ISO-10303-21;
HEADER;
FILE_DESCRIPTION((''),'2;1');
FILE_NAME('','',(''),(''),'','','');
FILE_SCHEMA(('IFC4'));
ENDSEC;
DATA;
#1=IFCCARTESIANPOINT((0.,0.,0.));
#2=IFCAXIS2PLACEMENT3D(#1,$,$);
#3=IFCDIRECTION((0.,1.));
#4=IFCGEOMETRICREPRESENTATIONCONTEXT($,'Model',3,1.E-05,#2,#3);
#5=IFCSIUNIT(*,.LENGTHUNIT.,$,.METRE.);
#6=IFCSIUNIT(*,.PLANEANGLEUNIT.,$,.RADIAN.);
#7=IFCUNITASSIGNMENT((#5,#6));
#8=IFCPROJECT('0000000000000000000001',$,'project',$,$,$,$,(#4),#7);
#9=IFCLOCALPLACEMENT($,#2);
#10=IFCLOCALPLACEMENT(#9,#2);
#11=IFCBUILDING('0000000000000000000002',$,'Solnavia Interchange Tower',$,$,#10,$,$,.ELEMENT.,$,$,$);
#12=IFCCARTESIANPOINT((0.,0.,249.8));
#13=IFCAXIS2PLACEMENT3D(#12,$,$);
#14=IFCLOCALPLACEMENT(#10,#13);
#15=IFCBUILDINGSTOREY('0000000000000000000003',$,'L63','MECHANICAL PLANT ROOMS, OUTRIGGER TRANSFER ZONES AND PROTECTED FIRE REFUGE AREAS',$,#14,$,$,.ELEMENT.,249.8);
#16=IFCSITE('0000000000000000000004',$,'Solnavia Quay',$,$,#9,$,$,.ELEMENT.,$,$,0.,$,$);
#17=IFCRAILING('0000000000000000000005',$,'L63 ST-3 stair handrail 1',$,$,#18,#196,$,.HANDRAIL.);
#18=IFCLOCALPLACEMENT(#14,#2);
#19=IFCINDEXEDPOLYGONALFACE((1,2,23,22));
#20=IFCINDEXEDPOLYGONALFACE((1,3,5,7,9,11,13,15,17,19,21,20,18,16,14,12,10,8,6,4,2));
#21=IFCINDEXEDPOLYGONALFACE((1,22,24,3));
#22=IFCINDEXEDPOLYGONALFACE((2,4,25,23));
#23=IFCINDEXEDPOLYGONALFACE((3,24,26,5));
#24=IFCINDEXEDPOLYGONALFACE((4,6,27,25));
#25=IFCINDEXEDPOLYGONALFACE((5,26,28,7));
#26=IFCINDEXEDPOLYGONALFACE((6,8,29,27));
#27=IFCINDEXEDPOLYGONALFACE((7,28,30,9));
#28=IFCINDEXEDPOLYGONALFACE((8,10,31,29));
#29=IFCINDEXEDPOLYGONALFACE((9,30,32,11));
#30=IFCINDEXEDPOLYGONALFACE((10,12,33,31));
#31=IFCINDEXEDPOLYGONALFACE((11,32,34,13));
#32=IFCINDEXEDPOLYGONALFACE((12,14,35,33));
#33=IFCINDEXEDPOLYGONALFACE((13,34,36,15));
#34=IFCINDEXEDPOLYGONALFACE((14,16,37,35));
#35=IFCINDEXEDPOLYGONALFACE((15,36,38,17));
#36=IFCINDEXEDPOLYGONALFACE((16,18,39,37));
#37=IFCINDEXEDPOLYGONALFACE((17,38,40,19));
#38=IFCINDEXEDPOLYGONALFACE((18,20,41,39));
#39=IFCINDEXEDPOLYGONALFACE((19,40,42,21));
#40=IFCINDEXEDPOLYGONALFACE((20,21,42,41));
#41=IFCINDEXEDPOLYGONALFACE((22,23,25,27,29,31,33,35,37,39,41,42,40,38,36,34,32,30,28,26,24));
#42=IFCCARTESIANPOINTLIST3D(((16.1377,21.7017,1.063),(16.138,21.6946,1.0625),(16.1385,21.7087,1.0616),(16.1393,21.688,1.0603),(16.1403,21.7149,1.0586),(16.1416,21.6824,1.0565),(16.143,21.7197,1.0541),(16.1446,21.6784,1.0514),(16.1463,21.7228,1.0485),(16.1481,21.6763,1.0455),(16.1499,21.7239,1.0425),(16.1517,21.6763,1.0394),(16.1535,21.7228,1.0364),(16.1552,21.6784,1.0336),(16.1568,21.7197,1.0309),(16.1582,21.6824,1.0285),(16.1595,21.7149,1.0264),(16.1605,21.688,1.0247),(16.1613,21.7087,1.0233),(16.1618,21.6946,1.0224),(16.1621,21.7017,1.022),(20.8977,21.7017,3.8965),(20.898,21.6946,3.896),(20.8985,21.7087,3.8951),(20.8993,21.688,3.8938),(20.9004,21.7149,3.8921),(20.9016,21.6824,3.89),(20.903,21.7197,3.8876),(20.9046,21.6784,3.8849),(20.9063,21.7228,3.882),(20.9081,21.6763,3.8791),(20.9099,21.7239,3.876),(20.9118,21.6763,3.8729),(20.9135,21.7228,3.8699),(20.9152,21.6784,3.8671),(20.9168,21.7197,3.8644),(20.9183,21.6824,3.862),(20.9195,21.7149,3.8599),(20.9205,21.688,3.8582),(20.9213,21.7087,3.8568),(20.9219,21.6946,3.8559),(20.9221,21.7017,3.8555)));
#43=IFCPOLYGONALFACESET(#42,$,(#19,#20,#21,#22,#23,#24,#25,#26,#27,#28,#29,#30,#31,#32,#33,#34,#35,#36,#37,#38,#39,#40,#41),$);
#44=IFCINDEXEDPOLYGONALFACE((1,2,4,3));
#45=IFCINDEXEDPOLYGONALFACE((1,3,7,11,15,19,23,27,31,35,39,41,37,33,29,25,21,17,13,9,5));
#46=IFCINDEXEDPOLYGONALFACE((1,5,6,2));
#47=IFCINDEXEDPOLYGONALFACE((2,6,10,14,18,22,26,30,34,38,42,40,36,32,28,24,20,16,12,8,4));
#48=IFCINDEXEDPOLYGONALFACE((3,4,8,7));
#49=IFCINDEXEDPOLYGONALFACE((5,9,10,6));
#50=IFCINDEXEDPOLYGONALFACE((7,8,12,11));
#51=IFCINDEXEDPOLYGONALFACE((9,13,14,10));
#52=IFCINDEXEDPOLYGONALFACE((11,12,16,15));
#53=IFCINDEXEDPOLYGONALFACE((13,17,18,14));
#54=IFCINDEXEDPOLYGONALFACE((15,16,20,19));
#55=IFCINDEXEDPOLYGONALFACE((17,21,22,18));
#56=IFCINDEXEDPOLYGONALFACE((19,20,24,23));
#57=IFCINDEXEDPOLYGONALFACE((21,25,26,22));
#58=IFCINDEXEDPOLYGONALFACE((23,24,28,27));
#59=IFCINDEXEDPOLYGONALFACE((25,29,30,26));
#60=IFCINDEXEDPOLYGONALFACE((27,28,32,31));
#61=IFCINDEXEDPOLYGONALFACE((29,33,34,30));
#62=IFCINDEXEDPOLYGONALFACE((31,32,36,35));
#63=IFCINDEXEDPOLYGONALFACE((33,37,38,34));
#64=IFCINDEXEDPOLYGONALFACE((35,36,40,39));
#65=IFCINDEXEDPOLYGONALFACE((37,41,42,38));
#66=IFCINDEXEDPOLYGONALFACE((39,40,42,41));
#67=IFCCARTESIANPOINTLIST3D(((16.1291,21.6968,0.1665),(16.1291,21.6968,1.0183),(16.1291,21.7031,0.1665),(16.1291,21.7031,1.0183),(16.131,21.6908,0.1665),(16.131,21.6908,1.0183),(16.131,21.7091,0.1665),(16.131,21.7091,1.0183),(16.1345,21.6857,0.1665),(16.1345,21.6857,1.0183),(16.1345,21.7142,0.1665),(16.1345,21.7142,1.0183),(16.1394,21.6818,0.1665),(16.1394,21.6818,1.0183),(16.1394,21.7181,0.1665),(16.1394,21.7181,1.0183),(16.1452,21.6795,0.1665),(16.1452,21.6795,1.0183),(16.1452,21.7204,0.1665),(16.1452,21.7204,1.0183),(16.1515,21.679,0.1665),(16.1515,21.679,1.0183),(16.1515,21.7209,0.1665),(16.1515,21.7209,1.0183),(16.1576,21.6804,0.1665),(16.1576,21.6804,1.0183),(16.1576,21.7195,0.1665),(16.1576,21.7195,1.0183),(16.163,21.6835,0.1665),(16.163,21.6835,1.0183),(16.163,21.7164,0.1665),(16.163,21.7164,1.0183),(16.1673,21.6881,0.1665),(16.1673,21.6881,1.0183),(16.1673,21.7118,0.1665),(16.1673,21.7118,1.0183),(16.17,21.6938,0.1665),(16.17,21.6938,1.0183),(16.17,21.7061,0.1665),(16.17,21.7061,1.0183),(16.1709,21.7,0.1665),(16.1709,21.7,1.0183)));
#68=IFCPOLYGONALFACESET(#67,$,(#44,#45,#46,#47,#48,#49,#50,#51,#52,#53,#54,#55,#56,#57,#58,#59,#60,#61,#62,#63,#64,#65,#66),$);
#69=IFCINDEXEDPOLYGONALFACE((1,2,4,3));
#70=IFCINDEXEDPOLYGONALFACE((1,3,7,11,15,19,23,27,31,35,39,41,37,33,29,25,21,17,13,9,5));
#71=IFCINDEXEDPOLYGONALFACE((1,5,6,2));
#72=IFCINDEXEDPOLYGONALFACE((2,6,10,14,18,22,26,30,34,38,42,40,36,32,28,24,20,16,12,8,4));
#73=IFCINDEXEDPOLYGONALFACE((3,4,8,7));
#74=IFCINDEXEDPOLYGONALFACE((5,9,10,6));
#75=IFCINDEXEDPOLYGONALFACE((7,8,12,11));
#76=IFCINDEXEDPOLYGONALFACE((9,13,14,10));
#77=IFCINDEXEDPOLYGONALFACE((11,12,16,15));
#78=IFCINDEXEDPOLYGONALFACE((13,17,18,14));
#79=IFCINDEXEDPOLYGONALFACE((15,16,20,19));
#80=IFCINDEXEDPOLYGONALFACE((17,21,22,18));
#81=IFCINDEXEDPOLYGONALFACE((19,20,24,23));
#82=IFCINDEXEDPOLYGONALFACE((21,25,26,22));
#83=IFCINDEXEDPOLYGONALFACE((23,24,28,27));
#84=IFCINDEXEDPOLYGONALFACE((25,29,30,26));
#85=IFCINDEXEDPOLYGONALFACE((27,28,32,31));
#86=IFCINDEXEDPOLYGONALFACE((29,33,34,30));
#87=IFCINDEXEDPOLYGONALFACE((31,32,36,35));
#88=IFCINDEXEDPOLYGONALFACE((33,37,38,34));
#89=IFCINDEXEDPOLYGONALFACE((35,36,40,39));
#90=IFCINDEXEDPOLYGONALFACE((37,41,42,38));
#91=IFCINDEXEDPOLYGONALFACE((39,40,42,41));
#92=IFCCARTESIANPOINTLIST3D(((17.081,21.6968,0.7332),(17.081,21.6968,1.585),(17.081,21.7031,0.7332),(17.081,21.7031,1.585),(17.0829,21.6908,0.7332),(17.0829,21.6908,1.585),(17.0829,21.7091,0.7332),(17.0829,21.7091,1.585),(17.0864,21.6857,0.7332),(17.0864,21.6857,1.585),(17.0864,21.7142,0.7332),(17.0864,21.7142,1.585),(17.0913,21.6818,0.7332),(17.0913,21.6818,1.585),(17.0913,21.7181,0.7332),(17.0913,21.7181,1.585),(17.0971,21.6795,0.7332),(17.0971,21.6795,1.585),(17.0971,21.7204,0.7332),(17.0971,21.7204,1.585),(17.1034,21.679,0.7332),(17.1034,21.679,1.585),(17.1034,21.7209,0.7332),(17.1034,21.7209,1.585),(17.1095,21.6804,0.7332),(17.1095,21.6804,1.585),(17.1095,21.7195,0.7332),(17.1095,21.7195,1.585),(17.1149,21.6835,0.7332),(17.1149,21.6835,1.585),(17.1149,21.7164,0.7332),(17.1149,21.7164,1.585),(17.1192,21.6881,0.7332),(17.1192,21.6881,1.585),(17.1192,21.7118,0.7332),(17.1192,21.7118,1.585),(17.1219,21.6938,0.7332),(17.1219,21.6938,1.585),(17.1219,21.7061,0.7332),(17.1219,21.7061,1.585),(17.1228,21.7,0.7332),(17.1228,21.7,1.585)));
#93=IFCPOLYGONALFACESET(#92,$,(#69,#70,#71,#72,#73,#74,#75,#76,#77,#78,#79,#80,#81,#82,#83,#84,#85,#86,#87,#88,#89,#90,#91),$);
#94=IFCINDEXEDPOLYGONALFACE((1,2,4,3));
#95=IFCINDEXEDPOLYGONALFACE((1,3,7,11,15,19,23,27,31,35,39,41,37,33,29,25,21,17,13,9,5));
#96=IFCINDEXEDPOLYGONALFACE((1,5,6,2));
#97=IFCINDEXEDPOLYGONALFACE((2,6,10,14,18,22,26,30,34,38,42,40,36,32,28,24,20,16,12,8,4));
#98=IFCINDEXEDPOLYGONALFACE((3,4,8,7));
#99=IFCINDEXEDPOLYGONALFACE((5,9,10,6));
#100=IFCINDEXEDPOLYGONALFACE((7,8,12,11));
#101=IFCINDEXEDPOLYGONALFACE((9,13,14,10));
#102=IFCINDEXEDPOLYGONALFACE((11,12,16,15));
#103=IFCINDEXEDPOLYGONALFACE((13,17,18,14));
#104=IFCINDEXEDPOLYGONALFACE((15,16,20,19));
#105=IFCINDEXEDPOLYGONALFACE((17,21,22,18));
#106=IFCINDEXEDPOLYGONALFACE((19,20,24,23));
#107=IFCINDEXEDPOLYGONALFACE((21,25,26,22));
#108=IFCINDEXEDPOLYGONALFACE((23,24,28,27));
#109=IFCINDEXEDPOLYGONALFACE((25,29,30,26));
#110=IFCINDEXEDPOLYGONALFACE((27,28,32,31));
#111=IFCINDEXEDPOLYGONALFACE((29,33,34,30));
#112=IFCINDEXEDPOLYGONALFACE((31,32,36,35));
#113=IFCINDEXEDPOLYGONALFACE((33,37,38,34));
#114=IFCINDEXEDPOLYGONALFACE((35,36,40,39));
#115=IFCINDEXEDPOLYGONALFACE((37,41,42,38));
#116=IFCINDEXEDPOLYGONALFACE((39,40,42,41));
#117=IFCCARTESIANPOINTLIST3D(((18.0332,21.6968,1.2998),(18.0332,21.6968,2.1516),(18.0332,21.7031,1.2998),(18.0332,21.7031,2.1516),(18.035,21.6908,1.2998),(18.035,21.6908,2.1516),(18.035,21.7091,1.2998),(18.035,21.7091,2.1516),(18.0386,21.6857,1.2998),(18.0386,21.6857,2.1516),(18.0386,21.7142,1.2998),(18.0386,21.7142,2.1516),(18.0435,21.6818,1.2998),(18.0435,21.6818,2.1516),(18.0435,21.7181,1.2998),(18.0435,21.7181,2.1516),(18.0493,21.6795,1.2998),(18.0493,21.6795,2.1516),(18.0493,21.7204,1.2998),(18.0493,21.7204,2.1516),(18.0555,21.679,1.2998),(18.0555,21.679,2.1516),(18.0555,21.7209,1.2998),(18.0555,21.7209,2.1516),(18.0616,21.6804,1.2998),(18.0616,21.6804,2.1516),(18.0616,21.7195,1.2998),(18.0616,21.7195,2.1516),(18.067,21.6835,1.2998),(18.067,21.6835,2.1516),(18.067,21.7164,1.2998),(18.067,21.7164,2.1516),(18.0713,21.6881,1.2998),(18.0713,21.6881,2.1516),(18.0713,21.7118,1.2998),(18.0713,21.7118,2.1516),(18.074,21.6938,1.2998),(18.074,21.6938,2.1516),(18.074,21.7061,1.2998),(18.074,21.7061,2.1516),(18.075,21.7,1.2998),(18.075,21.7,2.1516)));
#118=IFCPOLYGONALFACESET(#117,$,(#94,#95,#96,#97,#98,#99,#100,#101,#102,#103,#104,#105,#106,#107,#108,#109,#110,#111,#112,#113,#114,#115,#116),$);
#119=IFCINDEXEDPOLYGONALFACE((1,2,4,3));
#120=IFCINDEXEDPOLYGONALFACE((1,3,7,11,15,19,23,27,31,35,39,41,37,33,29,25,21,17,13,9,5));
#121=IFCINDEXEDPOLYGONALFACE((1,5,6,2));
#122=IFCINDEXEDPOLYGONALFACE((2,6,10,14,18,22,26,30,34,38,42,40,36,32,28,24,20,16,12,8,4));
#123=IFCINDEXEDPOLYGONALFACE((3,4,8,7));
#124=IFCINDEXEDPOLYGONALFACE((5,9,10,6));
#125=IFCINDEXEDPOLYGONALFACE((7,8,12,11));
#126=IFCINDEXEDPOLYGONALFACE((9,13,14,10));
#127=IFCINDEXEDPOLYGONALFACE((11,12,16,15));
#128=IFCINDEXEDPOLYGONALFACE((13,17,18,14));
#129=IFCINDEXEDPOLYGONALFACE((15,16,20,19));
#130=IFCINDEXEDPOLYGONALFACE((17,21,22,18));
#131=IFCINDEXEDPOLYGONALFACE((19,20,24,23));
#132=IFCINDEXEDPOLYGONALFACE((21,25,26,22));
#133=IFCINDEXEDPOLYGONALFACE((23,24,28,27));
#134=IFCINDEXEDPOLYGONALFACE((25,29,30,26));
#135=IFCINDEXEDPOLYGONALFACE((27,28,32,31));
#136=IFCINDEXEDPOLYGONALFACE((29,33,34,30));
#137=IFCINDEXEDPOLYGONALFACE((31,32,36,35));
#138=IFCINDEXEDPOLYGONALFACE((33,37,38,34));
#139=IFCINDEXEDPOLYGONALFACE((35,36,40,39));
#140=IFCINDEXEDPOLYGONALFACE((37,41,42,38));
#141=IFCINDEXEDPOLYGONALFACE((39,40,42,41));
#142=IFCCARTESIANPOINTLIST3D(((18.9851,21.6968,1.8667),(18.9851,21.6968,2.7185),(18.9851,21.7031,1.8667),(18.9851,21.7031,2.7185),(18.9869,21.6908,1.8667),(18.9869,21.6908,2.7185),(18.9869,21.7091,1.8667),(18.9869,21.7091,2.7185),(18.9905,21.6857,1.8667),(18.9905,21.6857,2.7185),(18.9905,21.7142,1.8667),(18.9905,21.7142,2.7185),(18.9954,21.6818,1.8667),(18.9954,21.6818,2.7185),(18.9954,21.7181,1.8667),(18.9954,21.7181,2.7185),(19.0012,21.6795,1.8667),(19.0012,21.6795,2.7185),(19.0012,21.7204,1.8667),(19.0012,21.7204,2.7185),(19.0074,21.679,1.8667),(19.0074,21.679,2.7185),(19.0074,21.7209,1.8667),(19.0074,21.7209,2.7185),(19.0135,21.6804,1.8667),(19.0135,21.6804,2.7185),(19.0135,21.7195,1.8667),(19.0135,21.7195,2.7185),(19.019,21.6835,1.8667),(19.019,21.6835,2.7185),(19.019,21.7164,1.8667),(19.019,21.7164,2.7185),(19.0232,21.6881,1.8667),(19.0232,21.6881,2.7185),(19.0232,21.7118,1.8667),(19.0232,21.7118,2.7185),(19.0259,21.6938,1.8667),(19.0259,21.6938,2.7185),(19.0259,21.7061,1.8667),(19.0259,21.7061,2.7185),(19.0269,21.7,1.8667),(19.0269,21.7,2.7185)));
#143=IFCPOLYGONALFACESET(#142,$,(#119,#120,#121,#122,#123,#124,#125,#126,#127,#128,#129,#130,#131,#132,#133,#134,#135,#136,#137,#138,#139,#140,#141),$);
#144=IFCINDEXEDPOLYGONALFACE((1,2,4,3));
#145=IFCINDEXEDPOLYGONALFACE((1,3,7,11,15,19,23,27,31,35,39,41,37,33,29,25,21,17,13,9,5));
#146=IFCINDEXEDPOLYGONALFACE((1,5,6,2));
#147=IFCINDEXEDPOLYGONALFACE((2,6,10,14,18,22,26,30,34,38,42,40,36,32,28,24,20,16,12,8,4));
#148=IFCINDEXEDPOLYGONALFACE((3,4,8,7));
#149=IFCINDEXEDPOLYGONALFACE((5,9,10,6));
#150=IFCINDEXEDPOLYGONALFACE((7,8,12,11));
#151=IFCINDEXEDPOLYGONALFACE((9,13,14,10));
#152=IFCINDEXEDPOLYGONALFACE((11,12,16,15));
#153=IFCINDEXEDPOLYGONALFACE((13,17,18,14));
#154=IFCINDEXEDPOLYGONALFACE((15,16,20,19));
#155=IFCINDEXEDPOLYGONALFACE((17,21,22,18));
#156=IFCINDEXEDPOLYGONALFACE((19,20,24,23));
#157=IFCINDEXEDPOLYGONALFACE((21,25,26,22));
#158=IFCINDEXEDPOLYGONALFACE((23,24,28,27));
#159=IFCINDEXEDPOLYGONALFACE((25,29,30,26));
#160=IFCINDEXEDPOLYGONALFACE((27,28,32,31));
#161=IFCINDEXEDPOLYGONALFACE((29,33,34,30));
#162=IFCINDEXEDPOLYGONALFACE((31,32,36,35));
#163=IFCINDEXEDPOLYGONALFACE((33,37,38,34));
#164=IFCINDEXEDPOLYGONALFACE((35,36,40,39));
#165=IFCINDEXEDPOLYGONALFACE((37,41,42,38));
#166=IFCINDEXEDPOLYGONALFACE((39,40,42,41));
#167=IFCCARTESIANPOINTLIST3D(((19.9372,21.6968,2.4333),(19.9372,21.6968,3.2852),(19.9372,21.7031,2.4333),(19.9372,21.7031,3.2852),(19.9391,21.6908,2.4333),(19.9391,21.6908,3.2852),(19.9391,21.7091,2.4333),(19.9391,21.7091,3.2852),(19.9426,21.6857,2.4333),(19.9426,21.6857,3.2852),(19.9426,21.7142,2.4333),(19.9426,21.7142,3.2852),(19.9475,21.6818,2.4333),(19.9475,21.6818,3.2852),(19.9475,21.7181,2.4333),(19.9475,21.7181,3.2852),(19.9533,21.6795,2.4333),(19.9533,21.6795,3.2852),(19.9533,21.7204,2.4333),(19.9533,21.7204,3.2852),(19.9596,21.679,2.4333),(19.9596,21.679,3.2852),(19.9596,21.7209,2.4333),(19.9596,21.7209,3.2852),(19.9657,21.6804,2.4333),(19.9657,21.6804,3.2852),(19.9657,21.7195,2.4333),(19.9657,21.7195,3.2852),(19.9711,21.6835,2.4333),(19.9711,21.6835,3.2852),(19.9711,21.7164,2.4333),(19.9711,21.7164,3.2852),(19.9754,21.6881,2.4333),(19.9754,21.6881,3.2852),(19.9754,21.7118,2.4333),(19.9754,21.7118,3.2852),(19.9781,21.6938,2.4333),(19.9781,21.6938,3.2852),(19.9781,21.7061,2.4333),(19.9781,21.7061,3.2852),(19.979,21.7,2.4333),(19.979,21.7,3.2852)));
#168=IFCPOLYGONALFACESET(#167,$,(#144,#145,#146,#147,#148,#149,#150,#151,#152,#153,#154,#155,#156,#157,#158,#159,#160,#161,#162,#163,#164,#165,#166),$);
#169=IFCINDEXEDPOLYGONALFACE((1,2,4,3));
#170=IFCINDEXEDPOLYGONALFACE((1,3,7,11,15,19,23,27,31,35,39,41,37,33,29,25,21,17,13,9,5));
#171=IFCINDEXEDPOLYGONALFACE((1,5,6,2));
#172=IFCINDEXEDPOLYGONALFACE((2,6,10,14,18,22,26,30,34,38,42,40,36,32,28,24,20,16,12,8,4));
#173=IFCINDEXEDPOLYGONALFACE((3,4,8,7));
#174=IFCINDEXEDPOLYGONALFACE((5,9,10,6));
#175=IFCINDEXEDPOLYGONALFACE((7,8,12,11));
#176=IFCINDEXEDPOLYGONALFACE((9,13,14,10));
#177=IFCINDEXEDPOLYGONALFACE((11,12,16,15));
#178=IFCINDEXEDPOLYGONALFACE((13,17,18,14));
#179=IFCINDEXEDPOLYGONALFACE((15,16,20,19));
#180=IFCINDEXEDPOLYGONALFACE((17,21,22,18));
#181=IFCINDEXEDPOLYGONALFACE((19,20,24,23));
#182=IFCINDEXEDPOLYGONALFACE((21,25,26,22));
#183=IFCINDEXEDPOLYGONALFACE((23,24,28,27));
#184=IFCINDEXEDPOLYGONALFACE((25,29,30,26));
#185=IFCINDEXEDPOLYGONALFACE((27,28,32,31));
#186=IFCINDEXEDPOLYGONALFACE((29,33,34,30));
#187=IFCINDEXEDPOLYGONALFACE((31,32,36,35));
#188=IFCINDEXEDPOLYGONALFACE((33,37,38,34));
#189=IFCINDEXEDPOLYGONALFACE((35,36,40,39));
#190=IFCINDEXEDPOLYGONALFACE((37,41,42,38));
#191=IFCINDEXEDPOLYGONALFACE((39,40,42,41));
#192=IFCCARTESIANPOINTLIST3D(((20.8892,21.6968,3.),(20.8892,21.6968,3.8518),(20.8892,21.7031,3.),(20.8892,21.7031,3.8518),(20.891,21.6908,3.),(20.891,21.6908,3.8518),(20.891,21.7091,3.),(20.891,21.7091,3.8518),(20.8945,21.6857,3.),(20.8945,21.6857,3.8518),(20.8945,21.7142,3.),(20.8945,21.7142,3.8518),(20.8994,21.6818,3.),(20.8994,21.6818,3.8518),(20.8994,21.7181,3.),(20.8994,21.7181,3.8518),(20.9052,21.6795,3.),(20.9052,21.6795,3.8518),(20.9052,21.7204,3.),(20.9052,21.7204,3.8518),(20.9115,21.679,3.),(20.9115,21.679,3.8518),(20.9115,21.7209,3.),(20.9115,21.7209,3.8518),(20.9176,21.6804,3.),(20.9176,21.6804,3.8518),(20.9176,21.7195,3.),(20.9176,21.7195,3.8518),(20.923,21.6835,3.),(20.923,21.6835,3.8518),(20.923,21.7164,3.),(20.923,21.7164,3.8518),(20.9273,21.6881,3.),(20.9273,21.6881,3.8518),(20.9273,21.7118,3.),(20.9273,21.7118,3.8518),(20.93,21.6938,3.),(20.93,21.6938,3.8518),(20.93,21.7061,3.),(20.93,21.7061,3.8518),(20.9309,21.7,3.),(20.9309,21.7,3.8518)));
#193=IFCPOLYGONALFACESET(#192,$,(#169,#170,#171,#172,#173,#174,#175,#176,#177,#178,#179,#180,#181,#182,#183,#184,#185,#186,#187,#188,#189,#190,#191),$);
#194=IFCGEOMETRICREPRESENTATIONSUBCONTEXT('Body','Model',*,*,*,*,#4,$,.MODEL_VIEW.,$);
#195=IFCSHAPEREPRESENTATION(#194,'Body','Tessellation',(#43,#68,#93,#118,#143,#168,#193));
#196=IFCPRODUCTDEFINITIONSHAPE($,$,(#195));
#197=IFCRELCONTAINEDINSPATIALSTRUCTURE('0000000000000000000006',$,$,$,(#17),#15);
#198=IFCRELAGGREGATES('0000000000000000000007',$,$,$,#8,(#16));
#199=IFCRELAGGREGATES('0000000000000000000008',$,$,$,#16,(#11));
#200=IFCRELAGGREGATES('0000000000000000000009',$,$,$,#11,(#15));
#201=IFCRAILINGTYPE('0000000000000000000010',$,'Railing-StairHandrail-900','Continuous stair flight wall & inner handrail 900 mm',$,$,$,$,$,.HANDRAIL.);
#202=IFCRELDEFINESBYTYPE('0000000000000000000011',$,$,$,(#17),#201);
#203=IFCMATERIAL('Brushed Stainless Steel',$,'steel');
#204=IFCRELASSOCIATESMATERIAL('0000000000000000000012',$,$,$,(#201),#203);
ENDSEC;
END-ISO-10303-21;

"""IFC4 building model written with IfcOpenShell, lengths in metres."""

from ifc_helpers import new_model, si_unit, direction, frame, origin, origin_2d, place, context, subcontext, project, spatial, circle, extrude, material, type_object, element, save


model = new_model("IFC4")

# Units and contexts
model_context = context("Model", 3, precision=1e-05, world=origin(), true_north=direction((0.0, 1.0)))
body_context = subcontext(model_context, "Body", "Model", "MODEL_VIEW")
ifc_project = project(units=[si_unit("LENGTHUNIT", "METRE"), si_unit("PLANEANGLEUNIT", "RADIAN")], contexts=[model_context])

# Site, building, storey
site_placement = place(None, origin())
site = spatial("IfcSite", under=ifc_project, at=site_placement, Name="Solnavia Quay", CompositionType="ELEMENT", RefElevation=0.0)
building_placement = place(site_placement, origin())
building = spatial("IfcBuilding", under=site, at=building_placement, Name="Solnavia Interchange Tower", CompositionType="ELEMENT")
storey_placement = place(building_placement, frame((0.0, 0.0, 249.8)))
storey = spatial("IfcBuildingStorey", under=building, at=storey_placement, Name="L63", Description="MECHANICAL PLANT ROOMS, OUTRIGGER TRANSFER ZONES AND PROTECTED FIRE REFUGE AREAS", CompositionType="ELEMENT", Elevation=249.8)

# Railing
ifc_material_1 = material(Name="Brushed Stainless Steel", Category="steel")
railing_type_1 = type_object("IfcRailingType", Name="Railing-StairHandrail-900", Description="Continuous stair flight wall & inner handrail 900 mm", PredefinedType="HANDRAIL", material=ifc_material_1)
railing_1_placement = place(storey_placement, frame((16.1499, 21.7, 0.1665)))
element("IfcRailing", 1, at=railing_1_placement, inside=storey, type_object=railing_type_1, Name="L63 ST-3 stair handrail 1", PredefinedType="HANDRAIL", context=body_context, shape_type="SweptSolid", body=[
    extrude(circle(Radius=0.0239, at=origin_2d()), frame((0.0, 0.0, 0.876), z_axis=(0.85928, 0.0, 0.511505), x_axis=(0.0, 1.0, 0.0)), (0.0, 0.0, 1.0), 5.5396),
    extrude(circle(Radius=0.021, at=origin_2d()), origin(), (0.0, 0.0, 1.0), 0.8518),
    extrude(circle(Radius=0.021, at=origin_2d()), frame((0.9519, 0.0, 0.5667)), (0.0, 0.0, 1.0), 0.8518),
    extrude(circle(Radius=0.021, at=origin_2d()), frame((1.9041, 0.0, 1.1333)), (0.0, 0.0, 1.0), 0.8518),
    extrude(circle(Radius=0.021, at=origin_2d()), frame((2.856, 0.0, 1.7002)), (0.0, 0.0, 1.0), 0.8518),
    extrude(circle(Radius=0.021, at=origin_2d()), frame((3.8081, 0.0, 2.2668)), (0.0, 0.0, 1.0), 0.8518),
    extrude(circle(Radius=0.021, at=origin_2d()), frame((4.76, 0.0, 2.8335)), (0.0, 0.0, 1.0), 0.8518),
])

save(model, "model.ifc")
